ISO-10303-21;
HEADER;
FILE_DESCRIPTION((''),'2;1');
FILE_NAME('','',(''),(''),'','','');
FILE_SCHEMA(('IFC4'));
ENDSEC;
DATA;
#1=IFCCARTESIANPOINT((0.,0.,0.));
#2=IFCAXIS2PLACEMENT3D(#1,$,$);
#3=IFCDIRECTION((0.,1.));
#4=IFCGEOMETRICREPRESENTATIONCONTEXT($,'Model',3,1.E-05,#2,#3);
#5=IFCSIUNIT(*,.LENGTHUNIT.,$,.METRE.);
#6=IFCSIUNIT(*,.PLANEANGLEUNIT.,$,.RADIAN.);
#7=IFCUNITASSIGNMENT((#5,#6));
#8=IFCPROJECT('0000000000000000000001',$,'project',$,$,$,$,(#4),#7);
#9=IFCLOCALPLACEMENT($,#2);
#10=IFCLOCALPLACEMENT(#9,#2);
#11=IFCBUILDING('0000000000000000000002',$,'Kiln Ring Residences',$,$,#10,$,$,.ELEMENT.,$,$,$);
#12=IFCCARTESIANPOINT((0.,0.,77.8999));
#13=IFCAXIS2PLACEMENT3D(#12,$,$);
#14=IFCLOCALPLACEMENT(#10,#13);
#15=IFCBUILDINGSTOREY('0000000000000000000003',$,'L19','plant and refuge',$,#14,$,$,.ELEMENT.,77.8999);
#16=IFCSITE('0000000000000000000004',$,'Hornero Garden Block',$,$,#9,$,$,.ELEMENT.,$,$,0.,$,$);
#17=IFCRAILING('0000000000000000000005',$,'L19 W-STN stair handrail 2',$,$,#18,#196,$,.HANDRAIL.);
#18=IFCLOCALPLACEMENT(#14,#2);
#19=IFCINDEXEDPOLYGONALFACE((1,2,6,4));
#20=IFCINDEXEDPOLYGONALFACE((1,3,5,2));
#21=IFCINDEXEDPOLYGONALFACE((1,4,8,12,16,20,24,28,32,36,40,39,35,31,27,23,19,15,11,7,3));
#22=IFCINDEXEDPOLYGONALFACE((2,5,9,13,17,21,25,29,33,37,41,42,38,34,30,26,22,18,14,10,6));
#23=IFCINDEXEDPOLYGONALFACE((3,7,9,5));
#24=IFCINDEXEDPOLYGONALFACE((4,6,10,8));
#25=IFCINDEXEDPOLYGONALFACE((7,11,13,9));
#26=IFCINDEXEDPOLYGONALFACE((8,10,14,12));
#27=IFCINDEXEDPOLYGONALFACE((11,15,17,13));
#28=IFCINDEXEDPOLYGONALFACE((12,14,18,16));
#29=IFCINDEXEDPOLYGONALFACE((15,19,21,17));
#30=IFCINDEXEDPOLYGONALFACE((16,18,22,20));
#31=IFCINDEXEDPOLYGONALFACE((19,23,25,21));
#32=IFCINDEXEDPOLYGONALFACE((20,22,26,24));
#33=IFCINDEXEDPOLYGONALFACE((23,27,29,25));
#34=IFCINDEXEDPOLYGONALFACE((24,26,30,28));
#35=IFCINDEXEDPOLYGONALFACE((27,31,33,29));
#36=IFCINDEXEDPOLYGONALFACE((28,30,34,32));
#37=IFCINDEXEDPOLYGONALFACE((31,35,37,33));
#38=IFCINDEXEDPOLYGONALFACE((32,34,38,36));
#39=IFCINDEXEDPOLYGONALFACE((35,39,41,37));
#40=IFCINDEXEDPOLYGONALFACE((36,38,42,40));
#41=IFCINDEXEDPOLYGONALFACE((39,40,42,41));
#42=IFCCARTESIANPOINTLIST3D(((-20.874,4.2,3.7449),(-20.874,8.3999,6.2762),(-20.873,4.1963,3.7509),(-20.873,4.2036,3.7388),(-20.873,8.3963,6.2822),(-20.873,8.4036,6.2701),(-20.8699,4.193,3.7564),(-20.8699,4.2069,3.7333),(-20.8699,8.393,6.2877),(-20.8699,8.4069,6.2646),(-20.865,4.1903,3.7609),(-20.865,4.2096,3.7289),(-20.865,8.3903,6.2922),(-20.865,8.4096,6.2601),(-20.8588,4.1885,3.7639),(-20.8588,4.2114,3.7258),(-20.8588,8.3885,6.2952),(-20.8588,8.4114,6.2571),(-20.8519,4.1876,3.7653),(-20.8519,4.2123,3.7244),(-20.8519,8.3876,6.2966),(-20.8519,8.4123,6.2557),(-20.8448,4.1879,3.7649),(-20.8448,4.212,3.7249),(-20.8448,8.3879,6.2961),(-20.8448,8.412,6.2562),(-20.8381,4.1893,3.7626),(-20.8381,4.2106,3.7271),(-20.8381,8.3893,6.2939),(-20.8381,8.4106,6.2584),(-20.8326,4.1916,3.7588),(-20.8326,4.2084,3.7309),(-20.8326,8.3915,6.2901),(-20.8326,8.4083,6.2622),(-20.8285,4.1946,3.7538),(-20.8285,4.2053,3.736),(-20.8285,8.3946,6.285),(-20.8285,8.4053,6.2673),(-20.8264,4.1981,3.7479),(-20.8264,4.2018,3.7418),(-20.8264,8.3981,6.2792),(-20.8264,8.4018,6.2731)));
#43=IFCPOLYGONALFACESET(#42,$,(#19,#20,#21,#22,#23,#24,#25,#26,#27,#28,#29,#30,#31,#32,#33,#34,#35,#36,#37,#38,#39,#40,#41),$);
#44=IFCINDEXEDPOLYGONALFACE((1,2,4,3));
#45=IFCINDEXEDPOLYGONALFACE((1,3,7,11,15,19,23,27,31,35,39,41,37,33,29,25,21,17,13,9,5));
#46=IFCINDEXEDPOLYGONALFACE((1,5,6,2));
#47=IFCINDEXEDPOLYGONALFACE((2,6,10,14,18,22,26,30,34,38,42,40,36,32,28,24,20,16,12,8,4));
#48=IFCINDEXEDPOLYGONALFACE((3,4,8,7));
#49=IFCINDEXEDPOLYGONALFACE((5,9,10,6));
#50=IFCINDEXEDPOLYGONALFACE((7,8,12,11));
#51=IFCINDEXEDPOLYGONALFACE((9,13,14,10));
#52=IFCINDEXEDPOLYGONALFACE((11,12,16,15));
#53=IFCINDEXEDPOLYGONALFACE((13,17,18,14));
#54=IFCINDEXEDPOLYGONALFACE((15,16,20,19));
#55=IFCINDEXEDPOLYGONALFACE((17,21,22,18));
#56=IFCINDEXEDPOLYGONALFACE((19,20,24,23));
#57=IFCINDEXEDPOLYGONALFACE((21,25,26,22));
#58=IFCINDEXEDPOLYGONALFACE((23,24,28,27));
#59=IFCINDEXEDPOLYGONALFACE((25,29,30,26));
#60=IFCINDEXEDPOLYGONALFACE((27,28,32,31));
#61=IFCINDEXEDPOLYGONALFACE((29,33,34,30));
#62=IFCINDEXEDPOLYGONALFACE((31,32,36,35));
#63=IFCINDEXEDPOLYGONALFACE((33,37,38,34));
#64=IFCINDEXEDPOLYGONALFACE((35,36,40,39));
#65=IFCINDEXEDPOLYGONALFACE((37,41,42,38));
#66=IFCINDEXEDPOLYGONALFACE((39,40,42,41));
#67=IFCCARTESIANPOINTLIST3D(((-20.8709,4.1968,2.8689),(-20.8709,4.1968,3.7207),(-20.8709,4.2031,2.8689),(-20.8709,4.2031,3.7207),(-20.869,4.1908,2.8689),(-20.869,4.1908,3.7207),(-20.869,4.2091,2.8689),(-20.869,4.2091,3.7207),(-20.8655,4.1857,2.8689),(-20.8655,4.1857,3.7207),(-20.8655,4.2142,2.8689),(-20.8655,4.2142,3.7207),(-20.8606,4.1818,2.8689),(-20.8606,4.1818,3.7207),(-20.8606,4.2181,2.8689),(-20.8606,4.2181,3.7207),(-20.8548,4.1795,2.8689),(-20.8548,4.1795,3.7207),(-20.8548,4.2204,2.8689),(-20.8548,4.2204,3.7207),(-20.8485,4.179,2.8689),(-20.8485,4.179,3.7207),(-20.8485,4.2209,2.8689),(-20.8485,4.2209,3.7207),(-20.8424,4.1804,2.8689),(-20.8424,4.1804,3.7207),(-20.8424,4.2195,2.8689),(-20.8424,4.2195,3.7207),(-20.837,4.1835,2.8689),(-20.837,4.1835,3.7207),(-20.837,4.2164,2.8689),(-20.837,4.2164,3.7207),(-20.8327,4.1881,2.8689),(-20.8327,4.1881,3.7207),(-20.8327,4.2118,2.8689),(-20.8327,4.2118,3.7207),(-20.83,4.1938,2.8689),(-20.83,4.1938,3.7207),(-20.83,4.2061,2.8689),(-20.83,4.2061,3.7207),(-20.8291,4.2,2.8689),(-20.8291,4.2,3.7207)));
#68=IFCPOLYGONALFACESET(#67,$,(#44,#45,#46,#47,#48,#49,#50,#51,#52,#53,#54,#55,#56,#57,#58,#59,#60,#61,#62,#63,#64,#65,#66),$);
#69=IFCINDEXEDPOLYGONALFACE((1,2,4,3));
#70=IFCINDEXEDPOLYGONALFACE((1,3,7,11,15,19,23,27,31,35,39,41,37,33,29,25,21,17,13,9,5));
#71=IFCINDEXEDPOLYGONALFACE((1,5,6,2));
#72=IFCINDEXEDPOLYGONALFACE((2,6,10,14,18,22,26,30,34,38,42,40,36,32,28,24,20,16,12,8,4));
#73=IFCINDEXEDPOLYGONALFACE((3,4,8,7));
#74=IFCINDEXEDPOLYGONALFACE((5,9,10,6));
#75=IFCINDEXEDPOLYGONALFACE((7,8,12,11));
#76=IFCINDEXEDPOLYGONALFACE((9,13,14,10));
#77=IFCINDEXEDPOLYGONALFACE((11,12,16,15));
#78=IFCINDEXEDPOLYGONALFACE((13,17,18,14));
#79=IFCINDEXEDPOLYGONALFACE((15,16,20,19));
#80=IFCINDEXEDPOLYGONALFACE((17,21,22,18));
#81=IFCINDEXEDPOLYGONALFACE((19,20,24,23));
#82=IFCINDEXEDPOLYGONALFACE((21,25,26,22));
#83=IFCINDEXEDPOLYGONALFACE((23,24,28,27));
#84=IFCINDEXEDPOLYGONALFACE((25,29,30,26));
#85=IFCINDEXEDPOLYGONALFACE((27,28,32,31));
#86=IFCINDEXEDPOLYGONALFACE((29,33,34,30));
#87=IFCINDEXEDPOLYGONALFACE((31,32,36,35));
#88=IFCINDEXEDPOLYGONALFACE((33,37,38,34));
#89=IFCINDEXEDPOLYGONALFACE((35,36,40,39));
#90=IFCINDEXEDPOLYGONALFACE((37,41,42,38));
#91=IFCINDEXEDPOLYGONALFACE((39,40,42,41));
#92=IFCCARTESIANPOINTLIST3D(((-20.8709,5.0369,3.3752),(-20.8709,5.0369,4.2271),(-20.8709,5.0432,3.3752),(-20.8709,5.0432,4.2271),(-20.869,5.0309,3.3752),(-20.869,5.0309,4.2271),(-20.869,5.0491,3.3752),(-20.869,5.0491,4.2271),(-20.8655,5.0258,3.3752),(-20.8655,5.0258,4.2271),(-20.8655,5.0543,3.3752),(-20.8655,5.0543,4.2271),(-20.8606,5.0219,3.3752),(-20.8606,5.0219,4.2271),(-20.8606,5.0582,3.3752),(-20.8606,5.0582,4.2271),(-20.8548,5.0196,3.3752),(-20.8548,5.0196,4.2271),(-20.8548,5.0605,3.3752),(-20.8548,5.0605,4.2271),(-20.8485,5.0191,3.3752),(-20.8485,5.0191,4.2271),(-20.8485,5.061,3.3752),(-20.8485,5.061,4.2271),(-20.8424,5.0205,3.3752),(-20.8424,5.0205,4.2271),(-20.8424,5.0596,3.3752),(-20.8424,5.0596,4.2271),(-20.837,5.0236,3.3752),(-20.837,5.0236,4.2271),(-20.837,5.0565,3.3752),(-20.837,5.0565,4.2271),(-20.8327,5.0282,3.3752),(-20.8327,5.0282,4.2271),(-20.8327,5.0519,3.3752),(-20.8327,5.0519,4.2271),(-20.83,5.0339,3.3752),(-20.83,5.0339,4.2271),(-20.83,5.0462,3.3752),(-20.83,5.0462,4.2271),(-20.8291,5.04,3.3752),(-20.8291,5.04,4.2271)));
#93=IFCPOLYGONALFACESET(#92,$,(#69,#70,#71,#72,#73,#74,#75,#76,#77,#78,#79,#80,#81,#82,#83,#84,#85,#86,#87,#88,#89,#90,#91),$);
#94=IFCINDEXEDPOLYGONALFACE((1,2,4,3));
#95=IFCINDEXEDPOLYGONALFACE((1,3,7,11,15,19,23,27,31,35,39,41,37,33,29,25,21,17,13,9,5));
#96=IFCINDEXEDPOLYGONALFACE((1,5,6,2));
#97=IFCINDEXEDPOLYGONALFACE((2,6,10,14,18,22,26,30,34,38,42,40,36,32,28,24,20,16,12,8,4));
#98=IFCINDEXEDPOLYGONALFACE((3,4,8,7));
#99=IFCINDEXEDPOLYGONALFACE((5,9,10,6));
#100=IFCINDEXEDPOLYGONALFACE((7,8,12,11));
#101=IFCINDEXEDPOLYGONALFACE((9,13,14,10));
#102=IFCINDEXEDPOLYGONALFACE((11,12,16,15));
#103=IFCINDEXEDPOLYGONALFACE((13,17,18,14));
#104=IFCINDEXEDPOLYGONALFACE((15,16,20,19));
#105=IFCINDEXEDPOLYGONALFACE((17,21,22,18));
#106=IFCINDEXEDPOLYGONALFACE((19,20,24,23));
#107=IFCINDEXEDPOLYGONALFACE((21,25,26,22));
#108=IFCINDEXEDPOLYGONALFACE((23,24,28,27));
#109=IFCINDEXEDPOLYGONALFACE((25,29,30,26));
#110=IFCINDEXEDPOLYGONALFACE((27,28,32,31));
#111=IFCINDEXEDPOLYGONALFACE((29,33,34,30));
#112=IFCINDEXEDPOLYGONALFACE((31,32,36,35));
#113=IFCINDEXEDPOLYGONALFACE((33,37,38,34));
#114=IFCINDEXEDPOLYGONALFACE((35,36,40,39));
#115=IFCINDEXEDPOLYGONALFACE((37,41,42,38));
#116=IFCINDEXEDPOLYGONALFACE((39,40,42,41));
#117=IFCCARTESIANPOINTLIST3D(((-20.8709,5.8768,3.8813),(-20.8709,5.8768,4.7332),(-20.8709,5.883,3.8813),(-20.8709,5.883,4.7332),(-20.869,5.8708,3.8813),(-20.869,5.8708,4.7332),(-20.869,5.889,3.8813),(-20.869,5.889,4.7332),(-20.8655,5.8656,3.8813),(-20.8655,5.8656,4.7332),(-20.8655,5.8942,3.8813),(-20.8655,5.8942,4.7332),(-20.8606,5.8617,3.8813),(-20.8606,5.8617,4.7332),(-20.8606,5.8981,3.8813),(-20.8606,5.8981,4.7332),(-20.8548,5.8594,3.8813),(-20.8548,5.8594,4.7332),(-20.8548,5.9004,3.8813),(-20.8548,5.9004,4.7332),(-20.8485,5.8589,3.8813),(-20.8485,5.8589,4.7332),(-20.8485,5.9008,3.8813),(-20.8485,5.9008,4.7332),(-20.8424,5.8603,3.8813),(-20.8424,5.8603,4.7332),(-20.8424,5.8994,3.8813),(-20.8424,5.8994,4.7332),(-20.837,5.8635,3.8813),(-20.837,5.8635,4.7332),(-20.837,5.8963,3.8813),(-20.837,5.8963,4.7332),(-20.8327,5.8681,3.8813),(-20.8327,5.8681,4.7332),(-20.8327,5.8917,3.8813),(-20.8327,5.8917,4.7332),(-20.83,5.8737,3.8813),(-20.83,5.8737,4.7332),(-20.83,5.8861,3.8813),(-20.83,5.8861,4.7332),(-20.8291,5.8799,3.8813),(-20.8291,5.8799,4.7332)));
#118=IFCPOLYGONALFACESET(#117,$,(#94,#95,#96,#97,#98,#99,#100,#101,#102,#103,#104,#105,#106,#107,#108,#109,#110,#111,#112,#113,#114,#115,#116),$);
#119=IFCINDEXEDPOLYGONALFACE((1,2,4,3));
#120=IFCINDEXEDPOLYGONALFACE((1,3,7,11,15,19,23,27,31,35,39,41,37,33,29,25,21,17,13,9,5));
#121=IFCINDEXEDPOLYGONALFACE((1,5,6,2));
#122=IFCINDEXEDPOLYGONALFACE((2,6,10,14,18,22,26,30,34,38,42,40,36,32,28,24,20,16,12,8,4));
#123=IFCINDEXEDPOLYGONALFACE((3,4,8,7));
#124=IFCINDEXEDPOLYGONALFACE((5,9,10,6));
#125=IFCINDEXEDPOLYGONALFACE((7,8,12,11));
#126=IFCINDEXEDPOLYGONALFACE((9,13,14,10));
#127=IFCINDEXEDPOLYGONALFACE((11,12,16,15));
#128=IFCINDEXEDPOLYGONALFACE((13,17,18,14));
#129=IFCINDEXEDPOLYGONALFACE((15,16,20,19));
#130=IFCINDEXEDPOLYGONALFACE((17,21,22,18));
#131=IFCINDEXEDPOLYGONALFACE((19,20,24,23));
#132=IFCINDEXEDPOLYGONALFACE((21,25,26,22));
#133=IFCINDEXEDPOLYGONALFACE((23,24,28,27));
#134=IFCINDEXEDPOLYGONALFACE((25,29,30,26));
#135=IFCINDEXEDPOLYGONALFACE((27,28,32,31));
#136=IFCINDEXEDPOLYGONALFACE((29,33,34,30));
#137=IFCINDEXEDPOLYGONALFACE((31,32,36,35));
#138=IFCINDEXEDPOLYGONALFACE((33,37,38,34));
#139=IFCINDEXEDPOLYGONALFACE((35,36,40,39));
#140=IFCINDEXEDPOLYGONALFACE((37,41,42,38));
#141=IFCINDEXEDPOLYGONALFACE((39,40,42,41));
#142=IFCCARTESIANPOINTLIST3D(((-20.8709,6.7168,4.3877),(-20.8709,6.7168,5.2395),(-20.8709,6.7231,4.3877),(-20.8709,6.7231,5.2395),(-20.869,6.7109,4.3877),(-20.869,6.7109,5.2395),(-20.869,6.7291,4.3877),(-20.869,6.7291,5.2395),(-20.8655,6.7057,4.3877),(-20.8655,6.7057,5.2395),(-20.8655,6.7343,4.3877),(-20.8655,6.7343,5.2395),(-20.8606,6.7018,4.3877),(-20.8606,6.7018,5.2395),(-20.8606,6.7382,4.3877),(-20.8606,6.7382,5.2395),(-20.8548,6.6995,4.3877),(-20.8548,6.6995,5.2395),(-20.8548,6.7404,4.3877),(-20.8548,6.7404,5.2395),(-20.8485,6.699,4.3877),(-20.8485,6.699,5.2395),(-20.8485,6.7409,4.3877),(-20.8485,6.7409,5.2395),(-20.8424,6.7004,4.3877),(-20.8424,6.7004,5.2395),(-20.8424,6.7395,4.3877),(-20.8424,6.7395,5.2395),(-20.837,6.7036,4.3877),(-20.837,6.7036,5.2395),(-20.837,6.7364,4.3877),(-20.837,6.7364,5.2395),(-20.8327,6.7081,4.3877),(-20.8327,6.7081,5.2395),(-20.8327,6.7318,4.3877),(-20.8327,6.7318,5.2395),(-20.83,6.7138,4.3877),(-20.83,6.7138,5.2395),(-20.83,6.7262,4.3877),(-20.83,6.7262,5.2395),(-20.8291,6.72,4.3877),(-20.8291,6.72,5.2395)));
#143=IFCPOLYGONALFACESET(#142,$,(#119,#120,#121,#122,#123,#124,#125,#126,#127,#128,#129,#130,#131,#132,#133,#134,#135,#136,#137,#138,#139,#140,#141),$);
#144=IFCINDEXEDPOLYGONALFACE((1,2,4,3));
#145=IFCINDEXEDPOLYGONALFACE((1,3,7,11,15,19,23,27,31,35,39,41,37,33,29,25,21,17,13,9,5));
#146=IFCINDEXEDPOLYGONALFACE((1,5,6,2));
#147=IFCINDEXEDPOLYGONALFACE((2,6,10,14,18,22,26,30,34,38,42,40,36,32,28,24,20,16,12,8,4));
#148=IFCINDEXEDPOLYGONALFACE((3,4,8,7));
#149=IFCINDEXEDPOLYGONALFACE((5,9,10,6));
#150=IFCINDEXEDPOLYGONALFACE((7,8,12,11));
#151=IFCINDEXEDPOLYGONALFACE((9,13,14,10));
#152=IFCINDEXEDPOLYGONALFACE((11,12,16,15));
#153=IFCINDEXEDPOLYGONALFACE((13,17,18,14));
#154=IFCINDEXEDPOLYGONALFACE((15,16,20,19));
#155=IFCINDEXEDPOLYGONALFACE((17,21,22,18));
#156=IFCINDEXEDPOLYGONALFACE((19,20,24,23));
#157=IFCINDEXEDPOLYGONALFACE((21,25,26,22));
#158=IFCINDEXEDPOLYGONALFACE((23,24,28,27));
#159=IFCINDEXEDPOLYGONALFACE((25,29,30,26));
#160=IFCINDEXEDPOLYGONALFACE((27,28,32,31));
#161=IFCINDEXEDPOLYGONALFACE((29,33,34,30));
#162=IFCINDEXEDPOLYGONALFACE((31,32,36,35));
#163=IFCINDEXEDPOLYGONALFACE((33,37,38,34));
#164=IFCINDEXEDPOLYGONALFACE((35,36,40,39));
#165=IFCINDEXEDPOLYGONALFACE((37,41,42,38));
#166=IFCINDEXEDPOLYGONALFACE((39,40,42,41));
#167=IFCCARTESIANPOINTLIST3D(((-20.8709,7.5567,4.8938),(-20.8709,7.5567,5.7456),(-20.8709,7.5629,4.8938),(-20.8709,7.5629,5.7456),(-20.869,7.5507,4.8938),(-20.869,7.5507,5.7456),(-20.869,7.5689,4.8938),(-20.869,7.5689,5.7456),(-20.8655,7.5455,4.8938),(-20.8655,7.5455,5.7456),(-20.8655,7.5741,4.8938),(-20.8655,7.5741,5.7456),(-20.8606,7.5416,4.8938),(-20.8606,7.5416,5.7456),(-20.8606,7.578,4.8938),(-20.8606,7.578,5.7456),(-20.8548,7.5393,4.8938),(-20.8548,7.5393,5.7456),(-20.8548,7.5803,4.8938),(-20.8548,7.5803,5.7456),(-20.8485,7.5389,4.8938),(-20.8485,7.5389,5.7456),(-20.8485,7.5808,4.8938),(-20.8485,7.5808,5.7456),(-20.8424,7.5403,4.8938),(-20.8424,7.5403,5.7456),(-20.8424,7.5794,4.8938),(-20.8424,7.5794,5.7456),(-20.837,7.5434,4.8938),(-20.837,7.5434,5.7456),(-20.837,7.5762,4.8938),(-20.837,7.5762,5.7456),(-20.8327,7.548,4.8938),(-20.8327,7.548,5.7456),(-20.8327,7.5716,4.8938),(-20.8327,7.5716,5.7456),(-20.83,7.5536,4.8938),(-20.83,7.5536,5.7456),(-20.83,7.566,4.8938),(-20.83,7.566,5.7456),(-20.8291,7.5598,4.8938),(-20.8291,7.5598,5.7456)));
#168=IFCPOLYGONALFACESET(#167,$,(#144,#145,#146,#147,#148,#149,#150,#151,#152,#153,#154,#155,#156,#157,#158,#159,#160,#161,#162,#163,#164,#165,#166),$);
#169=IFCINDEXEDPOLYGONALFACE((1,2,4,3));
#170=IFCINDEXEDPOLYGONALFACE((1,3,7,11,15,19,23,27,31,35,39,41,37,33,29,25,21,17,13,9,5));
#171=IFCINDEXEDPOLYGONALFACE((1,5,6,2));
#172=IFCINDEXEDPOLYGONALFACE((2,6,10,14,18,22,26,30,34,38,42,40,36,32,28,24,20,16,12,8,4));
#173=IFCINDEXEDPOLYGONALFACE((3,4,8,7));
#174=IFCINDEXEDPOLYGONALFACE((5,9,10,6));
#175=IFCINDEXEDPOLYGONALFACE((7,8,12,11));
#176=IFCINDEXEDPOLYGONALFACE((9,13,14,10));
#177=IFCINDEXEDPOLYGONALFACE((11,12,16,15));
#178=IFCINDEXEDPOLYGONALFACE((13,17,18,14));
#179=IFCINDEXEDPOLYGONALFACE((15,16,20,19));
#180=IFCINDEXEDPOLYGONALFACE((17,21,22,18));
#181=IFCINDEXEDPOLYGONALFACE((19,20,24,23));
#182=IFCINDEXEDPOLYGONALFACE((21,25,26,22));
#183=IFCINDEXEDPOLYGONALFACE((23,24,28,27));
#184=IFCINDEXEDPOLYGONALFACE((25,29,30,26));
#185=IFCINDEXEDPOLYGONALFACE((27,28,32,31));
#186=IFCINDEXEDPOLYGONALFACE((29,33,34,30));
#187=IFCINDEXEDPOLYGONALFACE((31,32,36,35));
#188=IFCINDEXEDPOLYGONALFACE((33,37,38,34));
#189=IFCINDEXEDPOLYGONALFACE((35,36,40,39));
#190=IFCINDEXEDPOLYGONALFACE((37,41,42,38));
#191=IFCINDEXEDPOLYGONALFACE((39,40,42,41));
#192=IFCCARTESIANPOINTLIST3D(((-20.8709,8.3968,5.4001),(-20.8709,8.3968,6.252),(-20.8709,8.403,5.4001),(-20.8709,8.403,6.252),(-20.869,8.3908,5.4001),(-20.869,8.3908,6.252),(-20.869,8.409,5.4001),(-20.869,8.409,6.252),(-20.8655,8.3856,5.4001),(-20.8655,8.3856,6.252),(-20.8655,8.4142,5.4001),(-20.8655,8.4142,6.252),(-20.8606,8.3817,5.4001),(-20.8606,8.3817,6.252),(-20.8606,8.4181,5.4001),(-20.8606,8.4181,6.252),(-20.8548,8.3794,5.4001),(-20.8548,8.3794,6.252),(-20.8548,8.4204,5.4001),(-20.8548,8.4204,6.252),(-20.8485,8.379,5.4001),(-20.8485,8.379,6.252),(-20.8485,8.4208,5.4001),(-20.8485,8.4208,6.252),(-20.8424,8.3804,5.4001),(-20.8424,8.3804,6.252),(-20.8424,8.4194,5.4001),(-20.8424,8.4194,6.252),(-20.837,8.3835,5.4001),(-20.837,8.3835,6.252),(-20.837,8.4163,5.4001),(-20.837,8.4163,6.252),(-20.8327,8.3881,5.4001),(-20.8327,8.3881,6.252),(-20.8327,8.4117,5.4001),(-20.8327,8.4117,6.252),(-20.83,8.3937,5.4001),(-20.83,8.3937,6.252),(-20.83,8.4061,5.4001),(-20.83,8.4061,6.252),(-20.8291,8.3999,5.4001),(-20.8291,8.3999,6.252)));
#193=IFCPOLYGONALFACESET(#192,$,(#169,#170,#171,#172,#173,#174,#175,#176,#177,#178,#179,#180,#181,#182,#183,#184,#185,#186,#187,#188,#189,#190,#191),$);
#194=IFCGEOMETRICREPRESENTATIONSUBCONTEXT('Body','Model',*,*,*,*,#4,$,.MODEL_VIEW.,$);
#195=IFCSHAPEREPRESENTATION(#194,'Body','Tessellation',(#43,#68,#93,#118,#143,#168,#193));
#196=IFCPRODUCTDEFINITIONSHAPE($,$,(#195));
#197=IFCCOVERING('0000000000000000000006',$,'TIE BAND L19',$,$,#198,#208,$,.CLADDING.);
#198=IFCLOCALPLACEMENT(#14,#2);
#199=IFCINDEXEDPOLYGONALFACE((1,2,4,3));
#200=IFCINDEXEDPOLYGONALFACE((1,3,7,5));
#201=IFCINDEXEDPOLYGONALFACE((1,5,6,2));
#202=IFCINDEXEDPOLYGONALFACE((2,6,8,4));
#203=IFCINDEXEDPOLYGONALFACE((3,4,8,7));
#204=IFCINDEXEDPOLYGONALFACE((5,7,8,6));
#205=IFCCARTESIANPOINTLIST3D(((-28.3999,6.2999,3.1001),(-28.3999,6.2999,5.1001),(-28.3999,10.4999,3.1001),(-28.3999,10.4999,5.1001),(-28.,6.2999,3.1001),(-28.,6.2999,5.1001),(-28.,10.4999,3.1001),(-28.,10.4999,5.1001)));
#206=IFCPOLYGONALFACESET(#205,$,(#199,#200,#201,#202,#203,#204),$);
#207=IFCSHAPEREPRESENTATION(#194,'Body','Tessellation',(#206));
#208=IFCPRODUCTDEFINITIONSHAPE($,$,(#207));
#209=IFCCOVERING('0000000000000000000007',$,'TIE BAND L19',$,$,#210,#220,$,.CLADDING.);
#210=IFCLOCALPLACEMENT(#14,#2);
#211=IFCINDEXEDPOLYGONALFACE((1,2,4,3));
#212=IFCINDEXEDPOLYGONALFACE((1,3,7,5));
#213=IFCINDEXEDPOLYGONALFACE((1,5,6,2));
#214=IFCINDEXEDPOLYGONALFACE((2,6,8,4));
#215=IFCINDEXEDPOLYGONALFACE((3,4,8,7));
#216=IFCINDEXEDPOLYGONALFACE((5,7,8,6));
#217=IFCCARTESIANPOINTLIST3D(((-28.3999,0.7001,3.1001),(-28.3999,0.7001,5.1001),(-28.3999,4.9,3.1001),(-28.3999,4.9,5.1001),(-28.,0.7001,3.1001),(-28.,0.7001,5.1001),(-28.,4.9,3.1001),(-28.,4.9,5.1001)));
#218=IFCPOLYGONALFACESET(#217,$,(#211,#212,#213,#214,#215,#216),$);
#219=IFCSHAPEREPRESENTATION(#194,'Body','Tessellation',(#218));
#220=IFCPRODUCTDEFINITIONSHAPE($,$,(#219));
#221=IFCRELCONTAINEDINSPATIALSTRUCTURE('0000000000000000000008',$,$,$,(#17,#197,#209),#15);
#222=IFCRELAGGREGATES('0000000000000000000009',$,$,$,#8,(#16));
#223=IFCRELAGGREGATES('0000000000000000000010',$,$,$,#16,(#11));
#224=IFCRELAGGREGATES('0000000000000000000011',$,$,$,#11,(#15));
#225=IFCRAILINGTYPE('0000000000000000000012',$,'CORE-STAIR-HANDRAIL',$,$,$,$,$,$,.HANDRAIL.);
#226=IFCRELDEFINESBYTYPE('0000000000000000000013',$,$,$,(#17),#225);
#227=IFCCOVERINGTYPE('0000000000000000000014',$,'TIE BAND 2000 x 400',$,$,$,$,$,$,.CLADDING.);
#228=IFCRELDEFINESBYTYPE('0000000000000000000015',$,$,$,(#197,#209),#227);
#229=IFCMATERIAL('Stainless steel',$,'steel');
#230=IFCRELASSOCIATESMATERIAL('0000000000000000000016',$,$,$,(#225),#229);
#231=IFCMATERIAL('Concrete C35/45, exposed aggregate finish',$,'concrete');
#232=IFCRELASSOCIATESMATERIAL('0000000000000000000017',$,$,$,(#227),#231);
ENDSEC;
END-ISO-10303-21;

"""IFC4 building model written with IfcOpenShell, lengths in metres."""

from ifc_helpers import new_model, si_unit, direction, frame, origin, origin_2d, place, context, subcontext, project, spatial, rectangle, circle, extrude, material, type_object, element, save


model = new_model("IFC4")

# Units and contexts
model_context = context("Model", 3, precision=1e-05, world=origin(), true_north=direction((0.0, 1.0)))
body_context = subcontext(model_context, "Body", "Model", "MODEL_VIEW")
ifc_project = project(units=[si_unit("LENGTHUNIT", "METRE"), si_unit("PLANEANGLEUNIT", "RADIAN")], contexts=[model_context])

# Site, building, storey
site_placement = place(None, origin())
site = spatial("IfcSite", under=ifc_project, at=site_placement, Name="Hornero Garden Block", CompositionType="ELEMENT", RefElevation=0.0)
building_placement = place(site_placement, origin())
building = spatial("IfcBuilding", under=site, at=building_placement, Name="Kiln Ring Residences", CompositionType="ELEMENT")
storey_placement = place(building_placement, frame((0.0, 0.0, 77.8999)))
storey = spatial("IfcBuildingStorey", under=building, at=storey_placement, Name="L19", Description="plant and refuge", CompositionType="ELEMENT", Elevation=77.8999)

# Railing
ifc_material_1 = material(Name="Stainless steel", Category="steel")
railing_type_1 = type_object("IfcRailingType", Name="CORE-STAIR-HANDRAIL", PredefinedType="HANDRAIL", material=ifc_material_1)
railing_1_placement = place(storey_placement, frame((-20.8501, 4.2, 2.8689)))
element("IfcRailing", 1, at=railing_1_placement, inside=storey, type_object=railing_type_1, Name="L19 W-STN stair handrail 2", PredefinedType="HANDRAIL", context=body_context, shape_type="SweptSolid", body=[
    extrude(circle(Radius=0.0239, at=origin_2d()), frame((0.0, 0.0, 0.876), z_axis=(0.0, 0.856476, 0.516186), x_axis=(-1.0, 0.0, 0.0)), (0.0, 0.0, 1.0), 4.9038),
    extrude(circle(Radius=0.021, at=origin_2d()), origin(), (0.0, 0.0, 1.0), 0.8518),
    extrude(circle(Radius=0.021, at=origin_2d()), frame((0.0, 0.8401, 0.5063)), (0.0, 0.0, 1.0), 0.8518),
    extrude(circle(Radius=0.021, at=origin_2d()), frame((0.0, 1.6799, 1.0125)), (0.0, 0.0, 1.0), 0.8518),
    extrude(circle(Radius=0.021, at=origin_2d()), frame((0.0, 2.52, 1.5188)), (0.0, 0.0, 1.0), 0.8518),
    extrude(circle(Radius=0.021, at=origin_2d()), frame((0.0, 3.3599, 2.0249)), (0.0, 0.0, 1.0), 0.8518),
    extrude(circle(Radius=0.021, at=origin_2d()), frame((0.0, 4.2, 2.5312)), (0.0, 0.0, 1.0), 0.8518),
])

# Coverings
ifc_material_2 = material(Name="Concrete C35/45, exposed aggregate finish", Category="concrete")
covering_type = type_object("IfcCoveringType", Name="TIE BAND 2000 x 400", PredefinedType="CLADDING", material=ifc_material_2)
for number, where, z_axis, x_axis, name in (
    (2, (-28.2, 8.3999, 3.1001), (0.0, 0.0, 1.0), (0.0, -1.0, 0.0), "TIE BAND L19"),
    (3, (-28.2, 2.8, 3.1001), (0.0, 0.0, 1.0), (0.0, -1.0, 0.0), "TIE BAND L19"),
):
    element("IfcCovering", number, at=place(storey_placement, frame(where, z_axis=z_axis, x_axis=x_axis)), inside=storey, type_object=covering_type, Name=name, PredefinedType="CLADDING", context=body_context, shape_type="SweptSolid", body=[
        extrude(rectangle(XDim=4.2, YDim=0.3999, at=origin_2d()), origin(), (0.0, 0.0, 1.0), 2.0),
    ])

save(model, "model.ifc")
